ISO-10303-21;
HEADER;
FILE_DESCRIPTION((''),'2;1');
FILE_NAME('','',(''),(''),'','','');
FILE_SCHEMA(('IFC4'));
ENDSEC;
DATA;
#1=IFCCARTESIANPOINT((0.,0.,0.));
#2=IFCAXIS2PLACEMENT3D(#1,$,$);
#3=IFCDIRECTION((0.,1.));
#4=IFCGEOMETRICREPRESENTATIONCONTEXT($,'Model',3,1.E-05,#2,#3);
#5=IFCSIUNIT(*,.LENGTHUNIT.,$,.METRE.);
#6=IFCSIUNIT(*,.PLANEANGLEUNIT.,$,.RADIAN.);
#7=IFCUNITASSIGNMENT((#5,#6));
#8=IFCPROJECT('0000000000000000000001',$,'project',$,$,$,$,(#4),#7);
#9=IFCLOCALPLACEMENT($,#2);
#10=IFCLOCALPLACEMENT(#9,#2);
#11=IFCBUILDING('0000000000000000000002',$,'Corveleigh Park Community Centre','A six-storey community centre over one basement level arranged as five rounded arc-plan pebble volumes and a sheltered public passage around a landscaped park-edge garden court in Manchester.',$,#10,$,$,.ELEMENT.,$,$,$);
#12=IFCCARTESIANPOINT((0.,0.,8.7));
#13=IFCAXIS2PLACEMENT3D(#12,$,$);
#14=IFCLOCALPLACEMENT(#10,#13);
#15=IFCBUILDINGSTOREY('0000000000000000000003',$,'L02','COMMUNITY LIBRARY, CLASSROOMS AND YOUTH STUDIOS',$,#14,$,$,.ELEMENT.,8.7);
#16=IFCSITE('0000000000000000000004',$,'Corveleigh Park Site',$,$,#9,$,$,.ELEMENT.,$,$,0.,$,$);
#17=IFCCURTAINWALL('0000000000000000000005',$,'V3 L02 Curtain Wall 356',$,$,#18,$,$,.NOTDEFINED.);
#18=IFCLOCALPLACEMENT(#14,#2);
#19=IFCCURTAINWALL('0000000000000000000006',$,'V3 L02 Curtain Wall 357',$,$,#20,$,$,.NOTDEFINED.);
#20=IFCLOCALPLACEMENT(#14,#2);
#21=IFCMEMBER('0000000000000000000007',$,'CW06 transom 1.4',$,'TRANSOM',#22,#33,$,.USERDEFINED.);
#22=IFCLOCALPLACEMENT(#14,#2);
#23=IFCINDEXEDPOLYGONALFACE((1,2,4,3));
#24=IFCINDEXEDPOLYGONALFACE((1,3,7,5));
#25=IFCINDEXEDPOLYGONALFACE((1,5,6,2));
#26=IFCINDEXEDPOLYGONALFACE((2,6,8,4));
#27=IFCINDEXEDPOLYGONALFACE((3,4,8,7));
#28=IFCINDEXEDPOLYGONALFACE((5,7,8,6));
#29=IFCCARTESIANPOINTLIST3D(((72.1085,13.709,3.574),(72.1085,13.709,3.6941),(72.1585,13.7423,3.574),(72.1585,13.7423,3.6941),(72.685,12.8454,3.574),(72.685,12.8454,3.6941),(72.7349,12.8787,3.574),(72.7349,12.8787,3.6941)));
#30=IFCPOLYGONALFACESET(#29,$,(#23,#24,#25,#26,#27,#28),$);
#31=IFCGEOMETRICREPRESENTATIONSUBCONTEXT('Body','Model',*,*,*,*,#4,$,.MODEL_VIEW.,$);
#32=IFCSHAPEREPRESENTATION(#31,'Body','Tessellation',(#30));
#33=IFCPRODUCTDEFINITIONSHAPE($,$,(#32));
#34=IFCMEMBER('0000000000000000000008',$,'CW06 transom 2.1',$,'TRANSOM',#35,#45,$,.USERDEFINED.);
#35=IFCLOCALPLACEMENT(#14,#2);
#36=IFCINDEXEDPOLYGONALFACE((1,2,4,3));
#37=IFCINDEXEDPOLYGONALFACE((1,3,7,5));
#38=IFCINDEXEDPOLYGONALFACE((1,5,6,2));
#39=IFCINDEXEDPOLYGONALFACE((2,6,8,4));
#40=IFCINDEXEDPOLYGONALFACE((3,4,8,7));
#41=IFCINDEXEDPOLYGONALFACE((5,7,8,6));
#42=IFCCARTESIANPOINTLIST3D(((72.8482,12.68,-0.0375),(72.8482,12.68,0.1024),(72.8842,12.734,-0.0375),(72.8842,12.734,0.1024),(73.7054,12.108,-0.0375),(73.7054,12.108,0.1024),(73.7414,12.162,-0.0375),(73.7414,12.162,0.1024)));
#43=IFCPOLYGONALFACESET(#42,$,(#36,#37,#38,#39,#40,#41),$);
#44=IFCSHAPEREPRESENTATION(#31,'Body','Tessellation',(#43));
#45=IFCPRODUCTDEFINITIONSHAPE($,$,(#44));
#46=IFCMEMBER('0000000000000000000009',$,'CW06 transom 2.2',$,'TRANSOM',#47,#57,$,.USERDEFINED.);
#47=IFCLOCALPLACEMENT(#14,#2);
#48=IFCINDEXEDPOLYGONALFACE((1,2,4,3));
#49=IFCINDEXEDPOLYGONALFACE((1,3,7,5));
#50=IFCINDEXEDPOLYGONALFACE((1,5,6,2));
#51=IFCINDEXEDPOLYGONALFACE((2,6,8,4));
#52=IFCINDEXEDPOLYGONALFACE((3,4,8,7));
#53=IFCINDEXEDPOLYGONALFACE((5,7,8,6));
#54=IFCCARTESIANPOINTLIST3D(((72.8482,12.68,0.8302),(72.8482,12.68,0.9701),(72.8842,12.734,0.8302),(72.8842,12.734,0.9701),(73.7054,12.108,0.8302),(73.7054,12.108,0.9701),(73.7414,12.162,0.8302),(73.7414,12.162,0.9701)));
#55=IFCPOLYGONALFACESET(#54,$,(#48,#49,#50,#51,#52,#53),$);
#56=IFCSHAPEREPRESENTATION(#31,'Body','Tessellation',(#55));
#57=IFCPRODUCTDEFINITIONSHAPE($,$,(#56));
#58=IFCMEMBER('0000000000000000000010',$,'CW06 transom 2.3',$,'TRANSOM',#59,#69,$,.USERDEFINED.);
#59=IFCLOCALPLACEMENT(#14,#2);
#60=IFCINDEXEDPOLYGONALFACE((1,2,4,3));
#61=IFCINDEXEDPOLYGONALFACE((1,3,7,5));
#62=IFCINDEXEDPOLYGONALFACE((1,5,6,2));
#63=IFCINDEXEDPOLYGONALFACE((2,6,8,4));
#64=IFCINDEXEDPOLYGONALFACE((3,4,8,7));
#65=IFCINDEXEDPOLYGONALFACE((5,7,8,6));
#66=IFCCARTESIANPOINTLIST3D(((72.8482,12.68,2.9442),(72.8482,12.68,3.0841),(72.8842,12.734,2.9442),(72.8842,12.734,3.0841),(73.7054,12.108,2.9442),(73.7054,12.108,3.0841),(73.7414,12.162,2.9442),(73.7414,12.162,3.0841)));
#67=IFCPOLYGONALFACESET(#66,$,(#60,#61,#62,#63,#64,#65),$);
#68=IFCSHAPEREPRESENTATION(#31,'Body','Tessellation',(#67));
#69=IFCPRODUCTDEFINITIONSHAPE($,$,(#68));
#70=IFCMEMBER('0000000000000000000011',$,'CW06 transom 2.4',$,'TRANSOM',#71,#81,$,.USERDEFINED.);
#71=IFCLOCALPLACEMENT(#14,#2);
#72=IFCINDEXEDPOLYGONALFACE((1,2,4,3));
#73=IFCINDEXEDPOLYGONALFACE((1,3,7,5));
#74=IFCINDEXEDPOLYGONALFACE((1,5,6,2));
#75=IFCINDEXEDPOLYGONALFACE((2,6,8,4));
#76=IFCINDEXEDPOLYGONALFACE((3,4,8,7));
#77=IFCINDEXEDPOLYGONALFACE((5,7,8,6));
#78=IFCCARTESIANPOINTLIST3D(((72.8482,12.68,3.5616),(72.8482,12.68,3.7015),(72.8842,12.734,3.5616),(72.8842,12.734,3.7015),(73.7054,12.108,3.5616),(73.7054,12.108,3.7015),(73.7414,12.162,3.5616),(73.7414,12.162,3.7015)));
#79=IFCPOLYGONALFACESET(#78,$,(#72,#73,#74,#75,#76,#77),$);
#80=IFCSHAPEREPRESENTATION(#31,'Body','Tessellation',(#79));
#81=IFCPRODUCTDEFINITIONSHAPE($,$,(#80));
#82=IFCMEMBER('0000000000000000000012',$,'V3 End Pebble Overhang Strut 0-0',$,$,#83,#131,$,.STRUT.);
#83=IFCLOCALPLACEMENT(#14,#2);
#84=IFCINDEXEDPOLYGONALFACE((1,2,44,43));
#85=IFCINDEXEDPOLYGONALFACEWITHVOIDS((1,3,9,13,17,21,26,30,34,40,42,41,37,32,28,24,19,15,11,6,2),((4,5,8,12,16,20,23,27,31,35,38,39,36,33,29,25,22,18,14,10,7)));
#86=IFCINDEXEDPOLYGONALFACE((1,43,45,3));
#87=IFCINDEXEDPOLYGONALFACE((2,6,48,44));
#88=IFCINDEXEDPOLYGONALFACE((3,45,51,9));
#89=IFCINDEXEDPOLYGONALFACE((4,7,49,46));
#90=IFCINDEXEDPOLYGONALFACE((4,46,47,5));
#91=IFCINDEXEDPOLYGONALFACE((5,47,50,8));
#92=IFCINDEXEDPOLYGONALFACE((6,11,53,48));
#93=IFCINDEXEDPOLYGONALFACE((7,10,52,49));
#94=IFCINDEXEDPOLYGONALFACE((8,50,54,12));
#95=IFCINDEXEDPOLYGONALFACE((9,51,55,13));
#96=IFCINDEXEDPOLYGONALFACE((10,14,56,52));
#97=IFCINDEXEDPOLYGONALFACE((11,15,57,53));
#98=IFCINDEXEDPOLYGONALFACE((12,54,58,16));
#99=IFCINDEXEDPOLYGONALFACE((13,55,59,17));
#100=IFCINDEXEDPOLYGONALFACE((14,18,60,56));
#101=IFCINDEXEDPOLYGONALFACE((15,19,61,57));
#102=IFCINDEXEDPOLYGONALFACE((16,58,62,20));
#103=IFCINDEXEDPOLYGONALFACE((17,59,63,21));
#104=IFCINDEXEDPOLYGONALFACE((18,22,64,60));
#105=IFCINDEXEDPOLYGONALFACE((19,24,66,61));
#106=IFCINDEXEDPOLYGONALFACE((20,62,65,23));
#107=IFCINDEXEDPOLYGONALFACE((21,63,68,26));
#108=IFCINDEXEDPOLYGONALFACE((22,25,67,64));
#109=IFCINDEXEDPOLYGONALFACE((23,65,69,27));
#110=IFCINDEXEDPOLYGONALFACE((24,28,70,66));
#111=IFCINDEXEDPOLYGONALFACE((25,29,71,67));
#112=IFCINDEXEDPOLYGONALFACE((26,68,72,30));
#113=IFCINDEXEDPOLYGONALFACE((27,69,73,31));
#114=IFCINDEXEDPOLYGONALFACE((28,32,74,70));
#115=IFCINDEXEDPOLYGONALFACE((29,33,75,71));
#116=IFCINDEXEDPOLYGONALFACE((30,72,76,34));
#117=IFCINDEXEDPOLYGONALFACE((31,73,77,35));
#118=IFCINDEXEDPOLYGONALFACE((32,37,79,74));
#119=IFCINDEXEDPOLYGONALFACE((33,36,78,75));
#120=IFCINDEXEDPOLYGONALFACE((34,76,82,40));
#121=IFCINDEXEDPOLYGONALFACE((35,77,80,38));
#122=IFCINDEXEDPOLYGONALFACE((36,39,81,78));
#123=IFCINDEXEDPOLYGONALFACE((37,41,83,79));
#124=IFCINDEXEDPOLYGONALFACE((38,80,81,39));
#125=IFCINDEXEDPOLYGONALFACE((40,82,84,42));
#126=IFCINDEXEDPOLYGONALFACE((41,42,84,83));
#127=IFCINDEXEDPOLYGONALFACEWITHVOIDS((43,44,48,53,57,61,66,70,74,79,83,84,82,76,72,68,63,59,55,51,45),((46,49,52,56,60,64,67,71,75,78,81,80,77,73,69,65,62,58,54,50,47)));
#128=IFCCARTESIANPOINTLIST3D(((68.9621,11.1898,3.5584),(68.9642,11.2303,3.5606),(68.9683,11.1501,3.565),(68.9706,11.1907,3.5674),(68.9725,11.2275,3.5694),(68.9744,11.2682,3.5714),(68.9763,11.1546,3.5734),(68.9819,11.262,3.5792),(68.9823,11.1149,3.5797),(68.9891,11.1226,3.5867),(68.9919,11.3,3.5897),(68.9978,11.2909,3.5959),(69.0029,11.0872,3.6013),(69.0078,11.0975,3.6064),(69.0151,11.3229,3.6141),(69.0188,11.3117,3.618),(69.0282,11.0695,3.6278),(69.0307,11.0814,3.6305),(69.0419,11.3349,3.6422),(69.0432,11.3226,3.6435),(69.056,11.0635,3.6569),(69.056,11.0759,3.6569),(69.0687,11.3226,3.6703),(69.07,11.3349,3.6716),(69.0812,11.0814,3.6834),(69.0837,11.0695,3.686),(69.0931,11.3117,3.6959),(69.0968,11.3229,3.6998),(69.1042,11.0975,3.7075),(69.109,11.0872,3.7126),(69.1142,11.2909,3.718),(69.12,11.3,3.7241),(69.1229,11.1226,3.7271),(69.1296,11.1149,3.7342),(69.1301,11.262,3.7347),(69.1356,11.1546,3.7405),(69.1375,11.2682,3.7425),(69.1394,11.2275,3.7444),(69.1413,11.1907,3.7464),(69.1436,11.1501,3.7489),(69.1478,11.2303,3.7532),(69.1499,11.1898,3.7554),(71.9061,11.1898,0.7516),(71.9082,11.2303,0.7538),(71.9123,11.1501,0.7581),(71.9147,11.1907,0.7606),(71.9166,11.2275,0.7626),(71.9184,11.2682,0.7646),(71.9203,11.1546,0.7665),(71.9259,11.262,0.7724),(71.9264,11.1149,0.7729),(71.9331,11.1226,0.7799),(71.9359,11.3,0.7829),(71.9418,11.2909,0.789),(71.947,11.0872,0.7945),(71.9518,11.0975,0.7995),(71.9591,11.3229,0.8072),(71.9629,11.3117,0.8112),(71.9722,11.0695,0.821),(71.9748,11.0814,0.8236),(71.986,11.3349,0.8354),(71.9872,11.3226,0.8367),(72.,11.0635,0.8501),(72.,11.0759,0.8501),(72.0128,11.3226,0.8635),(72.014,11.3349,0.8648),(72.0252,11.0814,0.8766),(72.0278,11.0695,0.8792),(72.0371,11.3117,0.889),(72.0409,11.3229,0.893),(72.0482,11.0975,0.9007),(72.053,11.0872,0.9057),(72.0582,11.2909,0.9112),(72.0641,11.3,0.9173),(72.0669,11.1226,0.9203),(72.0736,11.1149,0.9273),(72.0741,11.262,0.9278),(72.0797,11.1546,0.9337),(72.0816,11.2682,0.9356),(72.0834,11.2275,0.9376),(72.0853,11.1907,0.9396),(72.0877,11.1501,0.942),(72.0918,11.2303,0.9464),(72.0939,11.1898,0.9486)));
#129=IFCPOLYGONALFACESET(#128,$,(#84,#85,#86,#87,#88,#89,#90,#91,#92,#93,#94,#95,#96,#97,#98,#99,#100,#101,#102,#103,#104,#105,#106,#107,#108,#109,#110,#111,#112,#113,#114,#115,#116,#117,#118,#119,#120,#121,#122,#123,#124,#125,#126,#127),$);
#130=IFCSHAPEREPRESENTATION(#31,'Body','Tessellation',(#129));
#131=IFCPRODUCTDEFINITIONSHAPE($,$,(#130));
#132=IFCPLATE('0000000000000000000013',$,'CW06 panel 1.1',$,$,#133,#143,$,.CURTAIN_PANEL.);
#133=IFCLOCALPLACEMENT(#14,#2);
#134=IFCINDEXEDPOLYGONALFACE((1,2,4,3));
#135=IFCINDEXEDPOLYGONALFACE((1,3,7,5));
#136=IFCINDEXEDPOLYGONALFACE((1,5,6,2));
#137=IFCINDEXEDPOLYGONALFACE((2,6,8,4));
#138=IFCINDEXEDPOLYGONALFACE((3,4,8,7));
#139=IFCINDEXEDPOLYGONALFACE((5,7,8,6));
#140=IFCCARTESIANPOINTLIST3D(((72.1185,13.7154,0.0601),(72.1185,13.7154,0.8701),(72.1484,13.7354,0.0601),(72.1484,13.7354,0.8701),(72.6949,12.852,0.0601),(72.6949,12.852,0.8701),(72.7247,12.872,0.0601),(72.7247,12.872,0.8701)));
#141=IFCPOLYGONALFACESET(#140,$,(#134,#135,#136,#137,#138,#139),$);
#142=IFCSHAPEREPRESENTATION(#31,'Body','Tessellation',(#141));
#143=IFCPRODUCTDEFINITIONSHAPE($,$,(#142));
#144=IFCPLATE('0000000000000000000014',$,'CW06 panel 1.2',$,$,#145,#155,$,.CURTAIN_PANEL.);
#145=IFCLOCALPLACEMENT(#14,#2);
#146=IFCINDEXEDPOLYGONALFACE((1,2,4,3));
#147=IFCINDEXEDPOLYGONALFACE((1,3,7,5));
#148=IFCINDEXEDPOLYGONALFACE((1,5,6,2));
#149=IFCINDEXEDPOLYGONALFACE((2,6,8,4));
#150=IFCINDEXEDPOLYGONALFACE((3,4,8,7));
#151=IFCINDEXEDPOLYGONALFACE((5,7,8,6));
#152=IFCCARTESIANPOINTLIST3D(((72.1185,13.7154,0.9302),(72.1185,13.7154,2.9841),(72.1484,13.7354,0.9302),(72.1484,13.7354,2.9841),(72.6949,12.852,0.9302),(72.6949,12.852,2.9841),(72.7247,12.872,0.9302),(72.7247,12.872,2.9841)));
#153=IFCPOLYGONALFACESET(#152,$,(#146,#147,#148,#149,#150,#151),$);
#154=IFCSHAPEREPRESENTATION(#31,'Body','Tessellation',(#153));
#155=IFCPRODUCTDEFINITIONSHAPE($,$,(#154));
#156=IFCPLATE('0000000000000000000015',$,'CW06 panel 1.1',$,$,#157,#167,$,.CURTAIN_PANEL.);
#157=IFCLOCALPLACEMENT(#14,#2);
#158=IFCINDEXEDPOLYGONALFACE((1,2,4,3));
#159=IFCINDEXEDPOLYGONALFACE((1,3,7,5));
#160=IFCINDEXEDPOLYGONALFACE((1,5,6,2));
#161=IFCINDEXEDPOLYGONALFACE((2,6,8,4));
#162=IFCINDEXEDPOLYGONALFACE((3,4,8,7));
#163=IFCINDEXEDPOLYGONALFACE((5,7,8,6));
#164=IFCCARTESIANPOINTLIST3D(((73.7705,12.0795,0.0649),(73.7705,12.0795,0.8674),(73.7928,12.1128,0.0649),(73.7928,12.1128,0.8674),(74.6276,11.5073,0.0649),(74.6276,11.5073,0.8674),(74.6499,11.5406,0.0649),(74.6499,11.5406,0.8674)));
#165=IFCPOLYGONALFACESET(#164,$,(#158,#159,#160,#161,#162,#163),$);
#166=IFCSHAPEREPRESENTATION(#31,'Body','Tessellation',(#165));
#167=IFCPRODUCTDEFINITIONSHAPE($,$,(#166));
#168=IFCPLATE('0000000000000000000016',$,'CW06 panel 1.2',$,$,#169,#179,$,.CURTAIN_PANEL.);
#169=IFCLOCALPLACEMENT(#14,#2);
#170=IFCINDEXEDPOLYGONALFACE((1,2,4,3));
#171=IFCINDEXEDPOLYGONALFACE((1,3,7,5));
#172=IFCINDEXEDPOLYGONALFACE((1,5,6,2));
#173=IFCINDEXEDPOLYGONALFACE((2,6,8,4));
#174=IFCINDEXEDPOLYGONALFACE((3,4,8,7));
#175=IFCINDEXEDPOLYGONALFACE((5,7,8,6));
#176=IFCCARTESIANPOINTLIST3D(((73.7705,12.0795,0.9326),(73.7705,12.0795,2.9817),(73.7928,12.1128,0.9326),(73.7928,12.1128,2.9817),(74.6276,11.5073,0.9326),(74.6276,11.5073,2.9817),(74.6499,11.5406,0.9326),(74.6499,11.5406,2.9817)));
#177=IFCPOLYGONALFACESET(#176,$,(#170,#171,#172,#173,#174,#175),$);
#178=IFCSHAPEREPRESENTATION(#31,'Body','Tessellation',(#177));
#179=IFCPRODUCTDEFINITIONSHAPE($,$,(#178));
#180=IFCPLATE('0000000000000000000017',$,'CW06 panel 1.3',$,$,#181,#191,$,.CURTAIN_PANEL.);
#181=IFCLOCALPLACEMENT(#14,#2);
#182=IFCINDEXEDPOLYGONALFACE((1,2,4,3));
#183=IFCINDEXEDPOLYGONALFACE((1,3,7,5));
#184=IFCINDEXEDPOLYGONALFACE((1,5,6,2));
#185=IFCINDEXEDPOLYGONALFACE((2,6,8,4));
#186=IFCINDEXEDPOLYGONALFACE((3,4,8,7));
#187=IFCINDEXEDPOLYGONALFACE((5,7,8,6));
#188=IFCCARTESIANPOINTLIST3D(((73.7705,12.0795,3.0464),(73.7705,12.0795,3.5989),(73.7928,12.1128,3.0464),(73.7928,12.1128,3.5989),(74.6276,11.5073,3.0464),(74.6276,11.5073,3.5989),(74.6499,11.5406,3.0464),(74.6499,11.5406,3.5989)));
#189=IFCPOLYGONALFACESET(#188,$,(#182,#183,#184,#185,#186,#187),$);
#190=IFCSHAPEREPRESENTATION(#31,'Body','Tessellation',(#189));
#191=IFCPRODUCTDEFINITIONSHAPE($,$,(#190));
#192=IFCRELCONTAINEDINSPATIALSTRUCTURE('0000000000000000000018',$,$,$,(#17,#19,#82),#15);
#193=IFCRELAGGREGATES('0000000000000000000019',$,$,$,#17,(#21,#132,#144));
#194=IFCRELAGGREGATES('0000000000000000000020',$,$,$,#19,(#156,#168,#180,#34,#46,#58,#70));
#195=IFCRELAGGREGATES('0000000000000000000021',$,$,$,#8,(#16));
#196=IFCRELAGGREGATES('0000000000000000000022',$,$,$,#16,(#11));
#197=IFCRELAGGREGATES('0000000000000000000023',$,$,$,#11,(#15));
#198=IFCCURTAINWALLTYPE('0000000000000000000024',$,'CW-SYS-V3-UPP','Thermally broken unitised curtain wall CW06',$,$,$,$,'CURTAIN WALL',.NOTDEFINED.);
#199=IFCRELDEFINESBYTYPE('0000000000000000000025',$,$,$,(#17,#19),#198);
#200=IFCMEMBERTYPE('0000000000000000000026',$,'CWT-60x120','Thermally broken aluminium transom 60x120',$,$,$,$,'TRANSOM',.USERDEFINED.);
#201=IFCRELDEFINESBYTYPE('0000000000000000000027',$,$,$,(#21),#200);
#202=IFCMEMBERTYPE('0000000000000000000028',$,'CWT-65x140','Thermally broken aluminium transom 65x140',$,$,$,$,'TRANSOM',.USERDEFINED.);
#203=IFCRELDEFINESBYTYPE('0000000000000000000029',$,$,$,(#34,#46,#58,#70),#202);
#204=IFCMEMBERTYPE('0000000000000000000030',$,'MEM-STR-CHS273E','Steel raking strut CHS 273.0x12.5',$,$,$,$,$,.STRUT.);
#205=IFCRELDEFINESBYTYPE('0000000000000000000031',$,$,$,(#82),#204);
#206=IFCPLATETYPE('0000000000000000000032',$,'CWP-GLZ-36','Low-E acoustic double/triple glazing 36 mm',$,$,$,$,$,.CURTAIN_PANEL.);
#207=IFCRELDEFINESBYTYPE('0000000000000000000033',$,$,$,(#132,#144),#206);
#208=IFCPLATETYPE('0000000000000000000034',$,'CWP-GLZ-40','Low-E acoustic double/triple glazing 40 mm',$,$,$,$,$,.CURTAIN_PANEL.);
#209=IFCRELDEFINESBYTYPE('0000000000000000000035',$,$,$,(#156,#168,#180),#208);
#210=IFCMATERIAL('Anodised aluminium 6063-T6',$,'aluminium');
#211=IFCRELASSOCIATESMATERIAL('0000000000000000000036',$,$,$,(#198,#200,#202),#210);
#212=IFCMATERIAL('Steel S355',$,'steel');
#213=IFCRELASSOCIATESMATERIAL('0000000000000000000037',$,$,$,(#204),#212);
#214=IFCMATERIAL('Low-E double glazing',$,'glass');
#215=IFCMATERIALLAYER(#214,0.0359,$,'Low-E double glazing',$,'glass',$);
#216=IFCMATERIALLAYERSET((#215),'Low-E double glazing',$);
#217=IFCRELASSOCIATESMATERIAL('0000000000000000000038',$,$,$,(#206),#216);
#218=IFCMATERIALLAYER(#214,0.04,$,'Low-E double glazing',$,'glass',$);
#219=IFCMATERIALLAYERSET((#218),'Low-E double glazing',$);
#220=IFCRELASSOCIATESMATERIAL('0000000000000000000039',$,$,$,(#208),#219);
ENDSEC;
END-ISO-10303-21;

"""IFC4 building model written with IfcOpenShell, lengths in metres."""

from ifc_helpers import new_model, si_unit, direction, frame, origin, origin_2d, place, context, subcontext, project, spatial, rectangle, hollow_circle, extrude, material, layer, layer_set, material_profile, profile_set, type_object, element, aggregate, save


model = new_model("IFC4")

# Units and contexts
model_context = context("Model", 3, precision=1e-05, world=origin(), true_north=direction((0.0, 1.0)))
body_context = subcontext(model_context, "Body", "Model", "MODEL_VIEW")
ifc_project = project(units=[si_unit("LENGTHUNIT", "METRE"), si_unit("PLANEANGLEUNIT", "RADIAN")], contexts=[model_context])

# Site, building, storey
site_placement = place(None, origin())
site = spatial("IfcSite", under=ifc_project, at=site_placement, Name="Corveleigh Park Site", CompositionType="ELEMENT", RefElevation=0.0)
building_placement = place(site_placement, origin())
building = spatial("IfcBuilding", under=site, at=building_placement, Name="Corveleigh Park Community Centre", Description="A six-storey community centre over one basement level arranged as five rounded arc-plan pebble volumes and a sheltered public passage around a landscaped park-edge garden court in Manchester.", CompositionType="ELEMENT")
storey_placement = place(building_placement, frame((0.0, 0.0, 8.7)))
storey = spatial("IfcBuildingStorey", under=building, at=storey_placement, Name="L02", Description="COMMUNITY LIBRARY, CLASSROOMS AND YOUTH STUDIOS", CompositionType="ELEMENT", Elevation=8.7)

# Shared definitions
ifc_material_1 = material(Name="Steel S355", Category="steel")

# Curtain wall
ifc_material_2 = material(Name="Anodised aluminium 6063-T6", Category="aluminium")
curtain_wall_type = type_object("IfcCurtainWallType", Name="CW-SYS-V3-UPP", Description="Thermally broken unitised curtain wall CW06", ElementType="CURTAIN WALL", PredefinedType="NOTDEFINED", material=ifc_material_2)
curtain_wall_1_placement = place(storey_placement, origin())
curtain_wall_1 = element("IfcCurtainWall", 1, at=curtain_wall_1_placement, inside=storey, type_object=curtain_wall_type, Name="V3 L02 Curtain Wall 356", PredefinedType="NOTDEFINED")

# Curtain wall
curtain_wall_2_placement = place(storey_placement, origin())
curtain_wall_2 = element("IfcCurtainWall", 2, at=curtain_wall_2_placement, inside=storey, type_object=curtain_wall_type, Name="V3 L02 Curtain Wall 357", PredefinedType="NOTDEFINED")

# Members
ifc_material_profile_1 = material_profile(ifc_material_2, rectangle(XDim=0.0601, YDim=0.1201, at=origin_2d()), Name="ALU-T60x120", Category="aluminium")
ifc_profile_set_1 = profile_set([ifc_material_profile_1], Name="Anodised aluminium 6063-T6")
member_type_1 = type_object("IfcMemberType", Name="CWT-60x120", Description="Thermally broken aluminium transom 60x120", ElementType="TRANSOM", PredefinedType="USERDEFINED", material=ifc_profile_set_1)
member_1_placement = place(storey_placement, frame((72.71, 12.8621, 3.634), z_axis=(-0.555188, 0.831725, 0.0), x_axis=(-0.831725, -0.555188, 0.0)))
member_1 = element("IfcMember", 3, at=member_1_placement, type_object=member_type_1, Name="CW06 transom 1.4", ObjectType="TRANSOM", PredefinedType="USERDEFINED", context=body_context, shape_type="SweptSolid", body=[
    extrude(rectangle(XDim=0.0601, YDim=0.1201, at=origin_2d()), origin(), (0.0, 0.0, 1.0), 1.0383),
])
ifc_material_profile_2 = material_profile(ifc_material_2, rectangle(XDim=0.0649, YDim=0.1399, at=origin_2d()), Name="ALU-T65x140", Category="aluminium")
ifc_profile_set_2 = profile_set([ifc_material_profile_2], Name="Anodised aluminium 6063-T6")
member_type_2 = type_object("IfcMemberType", Name="CWT-65x140", Description="Thermally broken aluminium transom 65x140", ElementType="TRANSOM", PredefinedType="USERDEFINED", material=ifc_profile_set_2)
member_2_placement = place(storey_placement, frame((73.7234, 12.135, 0.0325), z_axis=(-0.831795, 0.555083, 0.0), x_axis=(-0.555083, -0.831795, 0.0)))
member_2 = element("IfcMember", 4, at=member_2_placement, type_object=member_type_2, Name="CW06 transom 2.1", ObjectType="TRANSOM", PredefinedType="USERDEFINED", context=body_context, shape_type="SweptSolid", body=[
    extrude(rectangle(XDim=0.0649, YDim=0.1399, at=origin_2d()), origin(), (0.0, 0.0, 1.0), 1.0305),
])
member_3_placement = place(storey_placement, frame((73.7234, 12.135, 0.9001), z_axis=(-0.831795, 0.555083, 0.0), x_axis=(-0.555083, -0.831795, 0.0)))
member_3 = element("IfcMember", 5, at=member_3_placement, type_object=member_type_2, Name="CW06 transom 2.2", ObjectType="TRANSOM", PredefinedType="USERDEFINED", context=body_context, shape_type="SweptSolid", body=[
    extrude(rectangle(XDim=0.0649, YDim=0.1399, at=origin_2d()), origin(), (0.0, 0.0, 1.0), 1.0305),
])
member_4_placement = place(storey_placement, frame((73.7234, 12.135, 3.0142), z_axis=(-0.831795, 0.555083, 0.0), x_axis=(-0.555083, -0.831795, 0.0)))
member_4 = element("IfcMember", 6, at=member_4_placement, type_object=member_type_2, Name="CW06 transom 2.3", ObjectType="TRANSOM", PredefinedType="USERDEFINED", context=body_context, shape_type="SweptSolid", body=[
    extrude(rectangle(XDim=0.0649, YDim=0.1399, at=origin_2d()), origin(), (0.0, 0.0, 1.0), 1.0305),
])
member_5_placement = place(storey_placement, frame((73.7234, 12.135, 3.6316), z_axis=(-0.831795, 0.555083, 0.0), x_axis=(-0.555083, -0.831795, 0.0)))
member_5 = element("IfcMember", 7, at=member_5_placement, type_object=member_type_2, Name="CW06 transom 2.4", ObjectType="TRANSOM", PredefinedType="USERDEFINED", context=body_context, shape_type="SweptSolid", body=[
    extrude(rectangle(XDim=0.0649, YDim=0.1399, at=origin_2d()), origin(), (0.0, 0.0, 1.0), 1.0305),
])
ifc_material_profile_3 = material_profile(ifc_material_1, hollow_circle(Radius=0.1365, WallThickness=0.0125, at=origin_2d()), Name="CHS 273.0x12.5", Category="steel")
ifc_profile_set_3 = profile_set([ifc_material_profile_3], Name="Steel S355")
member_type_3 = type_object("IfcMemberType", Name="MEM-STR-CHS273E", Description="Steel raking strut CHS 273.0x12.5", PredefinedType="STRUT", material=ifc_profile_set_3)
member_6_placement = place(storey_placement, frame((72.0, 11.2, 0.8501), z_axis=(-0.723771, 0.0, 0.69004), x_axis=(0.0, -1.0, 0.0)))
element("IfcMember", 8, at=member_6_placement, inside=storey, type_object=member_type_3, Name="V3 End Pebble Overhang Strut 0-0", PredefinedType="STRUT", context=body_context, shape_type="SweptSolid", body=[
    extrude(hollow_circle(Radius=0.1365, WallThickness=0.0125, at=origin_2d()), origin(), (0.0, 0.0, 1.0), 4.0676),
])

# Plates
ifc_material_3 = material(Name="Low-E double glazing", Category="glass")
ifc_layer_1 = layer(ifc_material_3, 0.0359, Name="Low-E double glazing", Category="glass")
ifc_layer_set_1 = layer_set([ifc_layer_1], Name="Low-E double glazing")
plate_type_1 = type_object("IfcPlateType", Name="CWP-GLZ-36", Description="Low-E acoustic double/triple glazing 36 mm", PredefinedType="CURTAIN_PANEL", material=ifc_layer_set_1)
plate_1_placement = place(storey_placement, frame((72.4216, 13.2937, 0.0601), z_axis=(0.0, 0.0, 1.0), x_axis=(-0.555208, 0.831711, 0.0)))
plate_1 = element("IfcPlate", 9, at=plate_1_placement, type_object=plate_type_1, Name="CW06 panel 1.1", PredefinedType="CURTAIN_PANEL", context=body_context, shape_type="SweptSolid", body=[
    extrude(rectangle(XDim=1.0381, YDim=0.0359, at=origin_2d()), origin(), (0.0, 0.0, 1.0), 0.8101),
])
plate_2_placement = place(storey_placement, frame((72.4216, 13.2937, 0.9302), z_axis=(0.0, 0.0, 1.0), x_axis=(-0.555208, 0.831711, 0.0)))
plate_2 = element("IfcPlate", 10, at=plate_2_placement, type_object=plate_type_1, Name="CW06 panel 1.2", PredefinedType="CURTAIN_PANEL", context=body_context, shape_type="SweptSolid", body=[
    extrude(rectangle(XDim=1.0381, YDim=0.0359, at=origin_2d()), origin(), (0.0, 0.0, 1.0), 2.054),
])
aggregate(curtain_wall_1, [member_1, plate_1, plate_2])
ifc_layer_2 = layer(ifc_material_3, 0.04, Name="Low-E double glazing", Category="glass")
ifc_layer_set_2 = layer_set([ifc_layer_2], Name="Low-E double glazing")
plate_type_2 = type_object("IfcPlateType", Name="CWP-GLZ-40", Description="Low-E acoustic double/triple glazing 40 mm", PredefinedType="CURTAIN_PANEL", material=ifc_layer_set_2)
plate_3_placement = place(storey_placement, frame((74.2102, 11.8101, 0.0649), z_axis=(0.0, 0.0, 1.0), x_axis=(-0.831711, 0.555208, 0.0)))
plate_3 = element("IfcPlate", 11, at=plate_3_placement, type_object=plate_type_2, Name="CW06 panel 1.1", PredefinedType="CURTAIN_PANEL", context=body_context, shape_type="SweptSolid", body=[
    extrude(rectangle(XDim=1.0305, YDim=0.04, at=origin_2d()), origin(), (0.0, 0.0, 1.0), 0.8025),
])
plate_4_placement = place(storey_placement, frame((74.2102, 11.8101, 0.9326), z_axis=(0.0, 0.0, 1.0), x_axis=(-0.831711, 0.555208, 0.0)))
plate_4 = element("IfcPlate", 12, at=plate_4_placement, type_object=plate_type_2, Name="CW06 panel 1.2", PredefinedType="CURTAIN_PANEL", context=body_context, shape_type="SweptSolid", body=[
    extrude(rectangle(XDim=1.0305, YDim=0.04, at=origin_2d()), origin(), (0.0, 0.0, 1.0), 2.0491),
])
plate_5_placement = place(storey_placement, frame((74.2102, 11.8101, 3.0464), z_axis=(0.0, 0.0, 1.0), x_axis=(-0.831711, 0.555208, 0.0)))
plate_5 = element("IfcPlate", 13, at=plate_5_placement, type_object=plate_type_2, Name="CW06 panel 1.3", PredefinedType="CURTAIN_PANEL", context=body_context, shape_type="SweptSolid", body=[
    extrude(rectangle(XDim=1.0305, YDim=0.04, at=origin_2d()), origin(), (0.0, 0.0, 1.0), 0.5525),
])
aggregate(curtain_wall_2, [plate_3, plate_4, plate_5, member_2, member_3, member_4, member_5])

save(model, "model.ifc")
